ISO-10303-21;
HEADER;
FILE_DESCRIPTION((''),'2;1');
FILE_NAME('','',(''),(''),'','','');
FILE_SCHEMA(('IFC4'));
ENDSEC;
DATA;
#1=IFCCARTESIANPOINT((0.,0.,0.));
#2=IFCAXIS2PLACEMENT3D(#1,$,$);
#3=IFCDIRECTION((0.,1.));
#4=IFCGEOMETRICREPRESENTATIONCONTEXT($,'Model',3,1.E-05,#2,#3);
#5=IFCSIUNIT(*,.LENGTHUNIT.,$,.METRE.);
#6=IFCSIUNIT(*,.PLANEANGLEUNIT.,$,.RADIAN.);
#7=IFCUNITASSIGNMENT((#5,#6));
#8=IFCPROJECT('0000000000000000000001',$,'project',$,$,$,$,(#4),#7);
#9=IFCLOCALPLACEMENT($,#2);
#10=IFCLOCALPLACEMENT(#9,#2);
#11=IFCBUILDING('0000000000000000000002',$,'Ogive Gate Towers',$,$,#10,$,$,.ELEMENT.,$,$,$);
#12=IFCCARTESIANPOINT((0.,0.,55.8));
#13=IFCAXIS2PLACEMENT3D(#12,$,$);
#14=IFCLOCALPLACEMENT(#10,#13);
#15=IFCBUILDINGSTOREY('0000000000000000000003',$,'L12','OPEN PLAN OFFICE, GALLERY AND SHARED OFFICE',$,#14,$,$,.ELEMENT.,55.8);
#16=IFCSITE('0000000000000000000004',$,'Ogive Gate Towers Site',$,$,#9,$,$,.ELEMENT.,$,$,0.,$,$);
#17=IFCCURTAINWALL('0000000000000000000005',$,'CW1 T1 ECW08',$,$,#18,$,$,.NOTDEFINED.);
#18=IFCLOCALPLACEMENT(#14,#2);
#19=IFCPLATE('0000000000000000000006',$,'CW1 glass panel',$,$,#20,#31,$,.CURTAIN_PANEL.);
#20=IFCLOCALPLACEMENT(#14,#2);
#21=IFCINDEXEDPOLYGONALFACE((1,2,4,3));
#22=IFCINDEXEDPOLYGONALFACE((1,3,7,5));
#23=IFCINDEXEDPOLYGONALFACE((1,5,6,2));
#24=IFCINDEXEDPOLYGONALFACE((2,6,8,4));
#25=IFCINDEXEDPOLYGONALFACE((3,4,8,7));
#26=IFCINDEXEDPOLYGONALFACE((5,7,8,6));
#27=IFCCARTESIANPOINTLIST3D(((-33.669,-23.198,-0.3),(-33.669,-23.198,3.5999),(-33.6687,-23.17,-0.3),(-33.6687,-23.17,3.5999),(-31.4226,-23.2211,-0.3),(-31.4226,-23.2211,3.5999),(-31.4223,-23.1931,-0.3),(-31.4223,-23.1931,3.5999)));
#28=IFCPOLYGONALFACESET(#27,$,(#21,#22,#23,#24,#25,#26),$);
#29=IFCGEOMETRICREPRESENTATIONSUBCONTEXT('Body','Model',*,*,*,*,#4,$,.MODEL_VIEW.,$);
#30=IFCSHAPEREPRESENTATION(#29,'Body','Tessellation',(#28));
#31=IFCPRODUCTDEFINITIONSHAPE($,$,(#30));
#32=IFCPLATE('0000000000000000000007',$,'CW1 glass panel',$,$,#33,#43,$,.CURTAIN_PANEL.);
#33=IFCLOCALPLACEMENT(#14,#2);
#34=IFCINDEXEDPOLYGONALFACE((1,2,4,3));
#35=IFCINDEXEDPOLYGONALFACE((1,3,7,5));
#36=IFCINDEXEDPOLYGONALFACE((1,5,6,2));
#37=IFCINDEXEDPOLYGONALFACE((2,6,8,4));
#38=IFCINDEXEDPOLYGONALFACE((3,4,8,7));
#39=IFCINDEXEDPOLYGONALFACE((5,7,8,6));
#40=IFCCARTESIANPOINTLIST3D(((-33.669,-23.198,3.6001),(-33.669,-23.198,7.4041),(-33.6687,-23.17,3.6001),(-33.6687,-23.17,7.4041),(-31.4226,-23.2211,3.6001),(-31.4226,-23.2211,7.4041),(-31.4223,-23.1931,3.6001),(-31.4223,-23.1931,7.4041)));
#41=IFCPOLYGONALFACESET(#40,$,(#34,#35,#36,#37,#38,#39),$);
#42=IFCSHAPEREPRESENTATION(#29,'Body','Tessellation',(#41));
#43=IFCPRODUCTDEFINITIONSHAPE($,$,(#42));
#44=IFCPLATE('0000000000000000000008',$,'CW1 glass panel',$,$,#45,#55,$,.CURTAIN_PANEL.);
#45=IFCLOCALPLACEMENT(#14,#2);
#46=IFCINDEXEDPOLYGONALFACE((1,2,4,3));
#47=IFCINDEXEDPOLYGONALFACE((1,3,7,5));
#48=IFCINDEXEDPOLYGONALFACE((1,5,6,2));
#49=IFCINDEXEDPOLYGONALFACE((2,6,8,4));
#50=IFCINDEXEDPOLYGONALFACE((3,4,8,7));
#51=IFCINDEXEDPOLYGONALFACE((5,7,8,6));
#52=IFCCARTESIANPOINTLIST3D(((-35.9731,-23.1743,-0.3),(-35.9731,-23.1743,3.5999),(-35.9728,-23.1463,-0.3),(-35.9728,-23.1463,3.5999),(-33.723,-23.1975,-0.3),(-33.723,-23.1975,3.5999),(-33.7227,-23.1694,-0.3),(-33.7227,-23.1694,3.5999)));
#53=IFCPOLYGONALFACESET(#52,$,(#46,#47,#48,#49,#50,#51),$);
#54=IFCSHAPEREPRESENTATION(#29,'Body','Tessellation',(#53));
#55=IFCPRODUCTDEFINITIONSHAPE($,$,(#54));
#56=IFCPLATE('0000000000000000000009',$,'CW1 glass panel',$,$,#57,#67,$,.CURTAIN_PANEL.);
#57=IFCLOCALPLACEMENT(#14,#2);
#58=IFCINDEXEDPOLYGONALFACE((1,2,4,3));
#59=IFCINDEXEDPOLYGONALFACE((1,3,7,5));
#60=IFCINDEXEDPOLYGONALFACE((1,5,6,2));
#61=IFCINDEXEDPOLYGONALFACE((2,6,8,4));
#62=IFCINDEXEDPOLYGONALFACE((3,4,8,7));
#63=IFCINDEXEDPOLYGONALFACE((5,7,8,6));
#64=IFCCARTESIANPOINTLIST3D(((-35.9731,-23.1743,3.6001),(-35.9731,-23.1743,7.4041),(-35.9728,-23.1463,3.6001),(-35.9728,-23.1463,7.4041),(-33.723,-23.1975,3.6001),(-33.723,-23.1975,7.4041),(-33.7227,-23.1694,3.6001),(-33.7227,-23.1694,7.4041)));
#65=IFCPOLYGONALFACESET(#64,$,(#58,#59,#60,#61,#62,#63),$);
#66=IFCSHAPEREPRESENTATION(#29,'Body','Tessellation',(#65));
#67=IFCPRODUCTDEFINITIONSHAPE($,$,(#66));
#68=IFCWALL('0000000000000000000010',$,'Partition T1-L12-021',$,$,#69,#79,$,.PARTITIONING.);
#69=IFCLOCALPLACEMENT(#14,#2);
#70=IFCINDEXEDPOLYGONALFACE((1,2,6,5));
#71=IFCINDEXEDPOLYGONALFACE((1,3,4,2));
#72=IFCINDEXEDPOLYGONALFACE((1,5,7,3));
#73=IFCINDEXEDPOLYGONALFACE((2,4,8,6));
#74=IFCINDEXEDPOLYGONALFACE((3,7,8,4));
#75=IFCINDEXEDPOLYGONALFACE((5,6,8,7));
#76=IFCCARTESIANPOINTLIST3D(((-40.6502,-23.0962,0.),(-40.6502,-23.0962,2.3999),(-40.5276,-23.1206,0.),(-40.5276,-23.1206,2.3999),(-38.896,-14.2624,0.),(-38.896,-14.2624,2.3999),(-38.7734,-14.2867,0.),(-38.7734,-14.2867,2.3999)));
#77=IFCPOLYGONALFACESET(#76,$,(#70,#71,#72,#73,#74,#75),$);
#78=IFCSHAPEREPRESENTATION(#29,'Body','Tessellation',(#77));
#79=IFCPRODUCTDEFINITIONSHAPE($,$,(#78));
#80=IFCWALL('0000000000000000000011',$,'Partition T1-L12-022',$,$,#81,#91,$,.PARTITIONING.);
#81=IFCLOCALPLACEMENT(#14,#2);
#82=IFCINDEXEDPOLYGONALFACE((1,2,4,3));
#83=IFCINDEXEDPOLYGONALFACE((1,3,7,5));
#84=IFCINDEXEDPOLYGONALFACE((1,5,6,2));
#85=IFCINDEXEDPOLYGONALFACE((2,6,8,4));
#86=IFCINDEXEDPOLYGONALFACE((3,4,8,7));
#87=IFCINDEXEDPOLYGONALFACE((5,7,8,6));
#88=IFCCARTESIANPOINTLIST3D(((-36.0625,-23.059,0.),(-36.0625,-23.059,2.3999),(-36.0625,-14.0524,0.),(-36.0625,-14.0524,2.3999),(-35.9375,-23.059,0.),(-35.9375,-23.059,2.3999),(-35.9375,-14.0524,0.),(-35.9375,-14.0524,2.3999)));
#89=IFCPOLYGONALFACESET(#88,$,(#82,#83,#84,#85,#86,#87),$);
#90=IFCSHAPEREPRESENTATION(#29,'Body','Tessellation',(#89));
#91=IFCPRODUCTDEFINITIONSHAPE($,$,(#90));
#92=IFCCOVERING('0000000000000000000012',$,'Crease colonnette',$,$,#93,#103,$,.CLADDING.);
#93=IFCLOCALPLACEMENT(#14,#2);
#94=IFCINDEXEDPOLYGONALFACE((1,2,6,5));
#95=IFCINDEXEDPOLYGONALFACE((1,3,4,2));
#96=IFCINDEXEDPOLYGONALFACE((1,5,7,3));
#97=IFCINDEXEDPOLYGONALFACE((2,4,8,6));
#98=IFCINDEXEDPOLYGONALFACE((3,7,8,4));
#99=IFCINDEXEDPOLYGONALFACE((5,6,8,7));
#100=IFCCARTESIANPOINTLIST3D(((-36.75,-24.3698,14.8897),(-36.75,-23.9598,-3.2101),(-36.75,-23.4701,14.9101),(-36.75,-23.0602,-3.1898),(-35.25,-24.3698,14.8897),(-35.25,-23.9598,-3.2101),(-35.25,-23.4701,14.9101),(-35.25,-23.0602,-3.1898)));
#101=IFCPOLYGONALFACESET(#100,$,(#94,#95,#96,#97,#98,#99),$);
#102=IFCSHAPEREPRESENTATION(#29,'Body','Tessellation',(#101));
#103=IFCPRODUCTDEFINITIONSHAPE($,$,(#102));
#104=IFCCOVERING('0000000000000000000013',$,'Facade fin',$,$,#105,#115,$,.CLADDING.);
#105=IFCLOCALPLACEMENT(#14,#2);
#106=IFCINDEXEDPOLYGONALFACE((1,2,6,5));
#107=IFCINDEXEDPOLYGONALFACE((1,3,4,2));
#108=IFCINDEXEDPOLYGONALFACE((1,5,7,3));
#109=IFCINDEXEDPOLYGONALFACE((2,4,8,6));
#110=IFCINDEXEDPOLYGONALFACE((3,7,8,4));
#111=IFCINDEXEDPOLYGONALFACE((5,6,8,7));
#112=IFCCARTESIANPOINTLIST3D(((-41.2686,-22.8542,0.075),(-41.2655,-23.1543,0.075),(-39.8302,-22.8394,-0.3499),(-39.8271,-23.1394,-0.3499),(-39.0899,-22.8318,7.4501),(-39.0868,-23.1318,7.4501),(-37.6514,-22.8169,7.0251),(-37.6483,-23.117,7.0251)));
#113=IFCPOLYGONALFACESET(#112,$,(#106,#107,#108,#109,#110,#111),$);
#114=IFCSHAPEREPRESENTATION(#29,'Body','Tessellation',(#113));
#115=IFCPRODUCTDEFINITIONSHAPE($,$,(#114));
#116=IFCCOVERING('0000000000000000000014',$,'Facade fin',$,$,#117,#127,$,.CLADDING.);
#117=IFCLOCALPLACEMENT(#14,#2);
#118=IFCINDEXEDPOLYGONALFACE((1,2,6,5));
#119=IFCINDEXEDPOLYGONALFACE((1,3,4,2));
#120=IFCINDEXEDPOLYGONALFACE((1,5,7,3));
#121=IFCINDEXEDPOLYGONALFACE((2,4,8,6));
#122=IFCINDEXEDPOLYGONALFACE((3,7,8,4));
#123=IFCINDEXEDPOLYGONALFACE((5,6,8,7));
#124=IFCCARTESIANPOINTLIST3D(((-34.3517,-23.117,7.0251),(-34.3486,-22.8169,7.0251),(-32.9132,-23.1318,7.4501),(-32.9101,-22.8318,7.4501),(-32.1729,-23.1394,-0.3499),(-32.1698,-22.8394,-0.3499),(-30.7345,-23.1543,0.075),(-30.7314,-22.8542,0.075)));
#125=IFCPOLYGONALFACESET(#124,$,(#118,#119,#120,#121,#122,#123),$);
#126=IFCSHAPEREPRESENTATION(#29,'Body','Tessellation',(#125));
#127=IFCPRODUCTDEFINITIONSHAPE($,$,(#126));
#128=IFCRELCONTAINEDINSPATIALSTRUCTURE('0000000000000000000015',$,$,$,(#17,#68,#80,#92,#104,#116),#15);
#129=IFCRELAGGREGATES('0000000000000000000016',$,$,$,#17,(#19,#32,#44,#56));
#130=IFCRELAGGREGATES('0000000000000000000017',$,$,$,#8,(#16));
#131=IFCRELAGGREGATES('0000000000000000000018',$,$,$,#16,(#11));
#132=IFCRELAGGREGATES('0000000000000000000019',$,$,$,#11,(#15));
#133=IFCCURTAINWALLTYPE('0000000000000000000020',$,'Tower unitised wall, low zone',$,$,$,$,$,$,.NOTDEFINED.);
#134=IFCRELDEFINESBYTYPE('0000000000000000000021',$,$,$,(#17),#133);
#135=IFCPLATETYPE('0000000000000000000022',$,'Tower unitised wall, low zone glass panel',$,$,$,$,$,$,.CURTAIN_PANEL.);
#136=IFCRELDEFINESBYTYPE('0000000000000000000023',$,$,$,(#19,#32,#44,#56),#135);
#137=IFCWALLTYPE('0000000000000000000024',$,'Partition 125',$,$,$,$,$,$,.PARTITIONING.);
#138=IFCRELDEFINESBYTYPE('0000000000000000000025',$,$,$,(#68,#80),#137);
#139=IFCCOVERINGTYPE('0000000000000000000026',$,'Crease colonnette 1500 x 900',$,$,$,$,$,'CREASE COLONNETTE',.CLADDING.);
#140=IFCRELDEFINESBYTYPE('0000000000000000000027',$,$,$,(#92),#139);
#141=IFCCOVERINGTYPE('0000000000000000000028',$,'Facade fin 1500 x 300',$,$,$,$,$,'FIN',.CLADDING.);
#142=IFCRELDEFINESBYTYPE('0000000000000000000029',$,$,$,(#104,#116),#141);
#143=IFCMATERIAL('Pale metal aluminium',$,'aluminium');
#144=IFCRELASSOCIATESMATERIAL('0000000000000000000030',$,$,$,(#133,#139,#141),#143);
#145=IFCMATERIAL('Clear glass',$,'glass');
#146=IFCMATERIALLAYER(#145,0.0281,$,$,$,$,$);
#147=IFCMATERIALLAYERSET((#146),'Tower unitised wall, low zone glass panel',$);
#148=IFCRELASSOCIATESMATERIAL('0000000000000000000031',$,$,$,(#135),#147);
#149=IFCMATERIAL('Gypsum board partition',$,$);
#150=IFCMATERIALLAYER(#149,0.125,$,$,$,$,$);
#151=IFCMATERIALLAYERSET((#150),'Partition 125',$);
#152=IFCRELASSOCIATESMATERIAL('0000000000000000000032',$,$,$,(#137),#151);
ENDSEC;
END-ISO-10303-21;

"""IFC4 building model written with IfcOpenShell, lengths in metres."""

from ifc_helpers import new_model, si_unit, direction, frame, frame_2d, origin, origin_2d, place, context, subcontext, project, spatial, rectangle, extrude, material, layer, layer_set, material_profile, profile_set, type_object, element, aggregate, save


model = new_model("IFC4")

# Units and contexts
model_context = context("Model", 3, precision=1e-05, world=origin(), true_north=direction((0.0, 1.0)))
body_context = subcontext(model_context, "Body", "Model", "MODEL_VIEW")
ifc_project = project(units=[si_unit("LENGTHUNIT", "METRE"), si_unit("PLANEANGLEUNIT", "RADIAN")], contexts=[model_context])

# Site, building, storey
site_placement = place(None, origin())
site = spatial("IfcSite", under=ifc_project, at=site_placement, Name="Ogive Gate Towers Site", CompositionType="ELEMENT", RefElevation=0.0)
building_placement = place(site_placement, origin())
building = spatial("IfcBuilding", under=site, at=building_placement, Name="Ogive Gate Towers", CompositionType="ELEMENT")
storey_placement = place(building_placement, frame((0.0, 0.0, 55.8)))
storey = spatial("IfcBuildingStorey", under=building, at=storey_placement, Name="L12", Description="OPEN PLAN OFFICE, GALLERY AND SHARED OFFICE", CompositionType="ELEMENT", Elevation=55.8)

# Curtain wall
ifc_material_1 = material(Name="Pale metal aluminium", Category="aluminium")
curtain_wall_type = type_object("IfcCurtainWallType", Name="Tower unitised wall, low zone", PredefinedType="NOTDEFINED", material=ifc_material_1)
curtain_wall_1_placement = place(storey_placement, origin())
curtain_wall_1 = element("IfcCurtainWall", 1, at=curtain_wall_1_placement, inside=storey, type_object=curtain_wall_type, Name="CW1 T1 ECW08", PredefinedType="NOTDEFINED")

# Plates
ifc_material_2 = material(Name="Clear glass", Category="glass")
ifc_layer_1 = layer(ifc_material_2, 0.0281)
ifc_layer_set_1 = layer_set([ifc_layer_1], Name="Tower unitised wall, low zone glass panel")
plate_type = type_object("IfcPlateType", Name="Tower unitised wall, low zone glass panel", PredefinedType="CURTAIN_PANEL", material=ifc_layer_set_1)
plate_1_placement = place(storey_placement, frame((-32.5457, -23.1956, -0.3), z_axis=(0.0, 0.0, 1.0), x_axis=(-0.999947, 0.01028, 0.0)))
plate_1 = element("IfcPlate", 2, at=plate_1_placement, type_object=plate_type, Name="CW1 glass panel", PredefinedType="CURTAIN_PANEL", context=body_context, shape_type="SweptSolid", body=[
    extrude(rectangle(XDim=2.2466, YDim=0.0281, at=origin_2d()), origin(), (0.0, 0.0, 1.0), 3.8999),
])
plate_2_placement = place(storey_placement, frame((-32.5457, -23.1956, 3.6001), z_axis=(0.0, 0.0, 1.0), x_axis=(-0.999947, 0.01028, 0.0)))
plate_2 = element("IfcPlate", 3, at=plate_2_placement, type_object=plate_type, Name="CW1 glass panel", PredefinedType="CURTAIN_PANEL", context=body_context, shape_type="SweptSolid", body=[
    extrude(rectangle(XDim=2.2466, YDim=0.0281, at=origin_2d()), origin(), (0.0, 0.0, 1.0), 3.804),
])
plate_3_placement = place(storey_placement, frame((-34.8479, -23.1719, -0.3), z_axis=(0.0, 0.0, 1.0), x_axis=(-0.999947, 0.01028, 0.0)))
plate_3 = element("IfcPlate", 4, at=plate_3_placement, type_object=plate_type, Name="CW1 glass panel", PredefinedType="CURTAIN_PANEL", context=body_context, shape_type="SweptSolid", body=[
    extrude(rectangle(XDim=2.2502, YDim=0.0281, at=origin_2d()), origin(), (0.0, 0.0, 1.0), 3.8999),
])
plate_4_placement = place(storey_placement, frame((-34.8479, -23.1719, 3.6001), z_axis=(0.0, 0.0, 1.0), x_axis=(-0.999947, 0.01028, 0.0)))
plate_4 = element("IfcPlate", 5, at=plate_4_placement, type_object=plate_type, Name="CW1 glass panel", PredefinedType="CURTAIN_PANEL", context=body_context, shape_type="SweptSolid", body=[
    extrude(rectangle(XDim=2.2502, YDim=0.0281, at=origin_2d()), origin(), (0.0, 0.0, 1.0), 3.804),
])
aggregate(curtain_wall_1, [plate_1, plate_2, plate_3, plate_4])

# Walls
ifc_material_3 = material(Name="Gypsum board partition")
ifc_layer_2 = layer(ifc_material_3, 0.125)
ifc_layer_set_2 = layer_set([ifc_layer_2], Name="Partition 125")
wall_type = type_object("IfcWallType", Name="Partition 125", PredefinedType="PARTITIONING", material=ifc_layer_set_2)
wall_1_placement = place(storey_placement, frame((-40.5889, -23.1084, 0.0), z_axis=(0.0, 0.0, 1.0), x_axis=(0.194766, 0.98085, 0.0)))
element("IfcWall", 6, at=wall_1_placement, inside=storey, type_object=wall_type, Name="Partition T1-L12-021", PredefinedType="PARTITIONING", context=body_context, shape_type="SweptSolid", body=[
    extrude(rectangle(XDim=9.0063, YDim=0.125, at=frame_2d((4.5032, 0.0))), origin(), (0.0, 0.0, 1.0), 2.3999),
])
wall_2_placement = place(storey_placement, frame((-36.0, -23.0591, 0.0), z_axis=(0.0, 0.0, 1.0), x_axis=(0.0, 1.0, 0.0)))
element("IfcWall", 7, at=wall_2_placement, inside=storey, type_object=wall_type, Name="Partition T1-L12-022", PredefinedType="PARTITIONING", context=body_context, shape_type="SweptSolid", body=[
    extrude(rectangle(XDim=9.0066, YDim=0.125, at=frame_2d((4.5034, 0.0))), origin(), (0.0, 0.0, 1.0), 2.3999),
])

# Coverings
ifc_material_profile_1 = material_profile(ifc_material_1, rectangle(XDim=1.5, YDim=0.8999, at=origin_2d()), Name="1500 x 900 pale metal aluminium")
ifc_profile_set_1 = profile_set([ifc_material_profile_1], Name="Pale metal aluminium")
covering_type_1 = type_object("IfcCoveringType", Name="Crease colonnette 1500 x 900", ElementType="CREASE COLONNETTE", PredefinedType="CLADDING", material=ifc_profile_set_1)
covering_placement = place(storey_placement, frame((-36.0, -23.51, -3.2), z_axis=(0.0, -0.022641, 0.999744), x_axis=(1.0, 0.0, 0.0)))
element("IfcCovering", 8, at=covering_placement, inside=storey, type_object=covering_type_1, Name="Crease colonnette", PredefinedType="CLADDING", context=body_context, shape_type="SweptSolid", body=[
    extrude(rectangle(XDim=1.5, YDim=0.8999, at=origin_2d()), origin(), (0.0, 0.0, 1.0), 18.1045),
])
ifc_material_profile_2 = material_profile(ifc_material_1, rectangle(XDim=0.3, YDim=1.5, at=origin_2d()), Name="1500 x 300 pale metal aluminium")
ifc_profile_set_2 = profile_set([ifc_material_profile_2], Name="Pale metal aluminium")
covering_type_2 = type_object("IfcCoveringType", Name="Facade fin 1500 x 300", ElementType="FIN", PredefinedType="CLADDING", material=ifc_profile_set_2)
for number, where, z_axis, x_axis, name in (
    (9, (-40.5479, -22.9968, -0.1375), (0.283313, 0.002921, 0.959023), (-0.010309, 0.999947, 0.0), "Facade fin"),
    (10, (-31.4521, -22.9968, -0.1375), (-0.283313, 0.002921, 0.959023), (-0.010309, -0.999947, 0.0), "Facade fin"),
):
    element("IfcCovering", number, at=place(storey_placement, frame(where, z_axis=z_axis, x_axis=x_axis)), inside=storey, type_object=covering_type_2, Name=name, PredefinedType="CLADDING", context=body_context, shape_type="SweptSolid", body=[
        extrude(rectangle(XDim=0.3, YDim=1.5, at=origin_2d()), origin(), (0.0, 0.0, 1.0), 7.6902),
    ])

save(model, "model.ifc")
